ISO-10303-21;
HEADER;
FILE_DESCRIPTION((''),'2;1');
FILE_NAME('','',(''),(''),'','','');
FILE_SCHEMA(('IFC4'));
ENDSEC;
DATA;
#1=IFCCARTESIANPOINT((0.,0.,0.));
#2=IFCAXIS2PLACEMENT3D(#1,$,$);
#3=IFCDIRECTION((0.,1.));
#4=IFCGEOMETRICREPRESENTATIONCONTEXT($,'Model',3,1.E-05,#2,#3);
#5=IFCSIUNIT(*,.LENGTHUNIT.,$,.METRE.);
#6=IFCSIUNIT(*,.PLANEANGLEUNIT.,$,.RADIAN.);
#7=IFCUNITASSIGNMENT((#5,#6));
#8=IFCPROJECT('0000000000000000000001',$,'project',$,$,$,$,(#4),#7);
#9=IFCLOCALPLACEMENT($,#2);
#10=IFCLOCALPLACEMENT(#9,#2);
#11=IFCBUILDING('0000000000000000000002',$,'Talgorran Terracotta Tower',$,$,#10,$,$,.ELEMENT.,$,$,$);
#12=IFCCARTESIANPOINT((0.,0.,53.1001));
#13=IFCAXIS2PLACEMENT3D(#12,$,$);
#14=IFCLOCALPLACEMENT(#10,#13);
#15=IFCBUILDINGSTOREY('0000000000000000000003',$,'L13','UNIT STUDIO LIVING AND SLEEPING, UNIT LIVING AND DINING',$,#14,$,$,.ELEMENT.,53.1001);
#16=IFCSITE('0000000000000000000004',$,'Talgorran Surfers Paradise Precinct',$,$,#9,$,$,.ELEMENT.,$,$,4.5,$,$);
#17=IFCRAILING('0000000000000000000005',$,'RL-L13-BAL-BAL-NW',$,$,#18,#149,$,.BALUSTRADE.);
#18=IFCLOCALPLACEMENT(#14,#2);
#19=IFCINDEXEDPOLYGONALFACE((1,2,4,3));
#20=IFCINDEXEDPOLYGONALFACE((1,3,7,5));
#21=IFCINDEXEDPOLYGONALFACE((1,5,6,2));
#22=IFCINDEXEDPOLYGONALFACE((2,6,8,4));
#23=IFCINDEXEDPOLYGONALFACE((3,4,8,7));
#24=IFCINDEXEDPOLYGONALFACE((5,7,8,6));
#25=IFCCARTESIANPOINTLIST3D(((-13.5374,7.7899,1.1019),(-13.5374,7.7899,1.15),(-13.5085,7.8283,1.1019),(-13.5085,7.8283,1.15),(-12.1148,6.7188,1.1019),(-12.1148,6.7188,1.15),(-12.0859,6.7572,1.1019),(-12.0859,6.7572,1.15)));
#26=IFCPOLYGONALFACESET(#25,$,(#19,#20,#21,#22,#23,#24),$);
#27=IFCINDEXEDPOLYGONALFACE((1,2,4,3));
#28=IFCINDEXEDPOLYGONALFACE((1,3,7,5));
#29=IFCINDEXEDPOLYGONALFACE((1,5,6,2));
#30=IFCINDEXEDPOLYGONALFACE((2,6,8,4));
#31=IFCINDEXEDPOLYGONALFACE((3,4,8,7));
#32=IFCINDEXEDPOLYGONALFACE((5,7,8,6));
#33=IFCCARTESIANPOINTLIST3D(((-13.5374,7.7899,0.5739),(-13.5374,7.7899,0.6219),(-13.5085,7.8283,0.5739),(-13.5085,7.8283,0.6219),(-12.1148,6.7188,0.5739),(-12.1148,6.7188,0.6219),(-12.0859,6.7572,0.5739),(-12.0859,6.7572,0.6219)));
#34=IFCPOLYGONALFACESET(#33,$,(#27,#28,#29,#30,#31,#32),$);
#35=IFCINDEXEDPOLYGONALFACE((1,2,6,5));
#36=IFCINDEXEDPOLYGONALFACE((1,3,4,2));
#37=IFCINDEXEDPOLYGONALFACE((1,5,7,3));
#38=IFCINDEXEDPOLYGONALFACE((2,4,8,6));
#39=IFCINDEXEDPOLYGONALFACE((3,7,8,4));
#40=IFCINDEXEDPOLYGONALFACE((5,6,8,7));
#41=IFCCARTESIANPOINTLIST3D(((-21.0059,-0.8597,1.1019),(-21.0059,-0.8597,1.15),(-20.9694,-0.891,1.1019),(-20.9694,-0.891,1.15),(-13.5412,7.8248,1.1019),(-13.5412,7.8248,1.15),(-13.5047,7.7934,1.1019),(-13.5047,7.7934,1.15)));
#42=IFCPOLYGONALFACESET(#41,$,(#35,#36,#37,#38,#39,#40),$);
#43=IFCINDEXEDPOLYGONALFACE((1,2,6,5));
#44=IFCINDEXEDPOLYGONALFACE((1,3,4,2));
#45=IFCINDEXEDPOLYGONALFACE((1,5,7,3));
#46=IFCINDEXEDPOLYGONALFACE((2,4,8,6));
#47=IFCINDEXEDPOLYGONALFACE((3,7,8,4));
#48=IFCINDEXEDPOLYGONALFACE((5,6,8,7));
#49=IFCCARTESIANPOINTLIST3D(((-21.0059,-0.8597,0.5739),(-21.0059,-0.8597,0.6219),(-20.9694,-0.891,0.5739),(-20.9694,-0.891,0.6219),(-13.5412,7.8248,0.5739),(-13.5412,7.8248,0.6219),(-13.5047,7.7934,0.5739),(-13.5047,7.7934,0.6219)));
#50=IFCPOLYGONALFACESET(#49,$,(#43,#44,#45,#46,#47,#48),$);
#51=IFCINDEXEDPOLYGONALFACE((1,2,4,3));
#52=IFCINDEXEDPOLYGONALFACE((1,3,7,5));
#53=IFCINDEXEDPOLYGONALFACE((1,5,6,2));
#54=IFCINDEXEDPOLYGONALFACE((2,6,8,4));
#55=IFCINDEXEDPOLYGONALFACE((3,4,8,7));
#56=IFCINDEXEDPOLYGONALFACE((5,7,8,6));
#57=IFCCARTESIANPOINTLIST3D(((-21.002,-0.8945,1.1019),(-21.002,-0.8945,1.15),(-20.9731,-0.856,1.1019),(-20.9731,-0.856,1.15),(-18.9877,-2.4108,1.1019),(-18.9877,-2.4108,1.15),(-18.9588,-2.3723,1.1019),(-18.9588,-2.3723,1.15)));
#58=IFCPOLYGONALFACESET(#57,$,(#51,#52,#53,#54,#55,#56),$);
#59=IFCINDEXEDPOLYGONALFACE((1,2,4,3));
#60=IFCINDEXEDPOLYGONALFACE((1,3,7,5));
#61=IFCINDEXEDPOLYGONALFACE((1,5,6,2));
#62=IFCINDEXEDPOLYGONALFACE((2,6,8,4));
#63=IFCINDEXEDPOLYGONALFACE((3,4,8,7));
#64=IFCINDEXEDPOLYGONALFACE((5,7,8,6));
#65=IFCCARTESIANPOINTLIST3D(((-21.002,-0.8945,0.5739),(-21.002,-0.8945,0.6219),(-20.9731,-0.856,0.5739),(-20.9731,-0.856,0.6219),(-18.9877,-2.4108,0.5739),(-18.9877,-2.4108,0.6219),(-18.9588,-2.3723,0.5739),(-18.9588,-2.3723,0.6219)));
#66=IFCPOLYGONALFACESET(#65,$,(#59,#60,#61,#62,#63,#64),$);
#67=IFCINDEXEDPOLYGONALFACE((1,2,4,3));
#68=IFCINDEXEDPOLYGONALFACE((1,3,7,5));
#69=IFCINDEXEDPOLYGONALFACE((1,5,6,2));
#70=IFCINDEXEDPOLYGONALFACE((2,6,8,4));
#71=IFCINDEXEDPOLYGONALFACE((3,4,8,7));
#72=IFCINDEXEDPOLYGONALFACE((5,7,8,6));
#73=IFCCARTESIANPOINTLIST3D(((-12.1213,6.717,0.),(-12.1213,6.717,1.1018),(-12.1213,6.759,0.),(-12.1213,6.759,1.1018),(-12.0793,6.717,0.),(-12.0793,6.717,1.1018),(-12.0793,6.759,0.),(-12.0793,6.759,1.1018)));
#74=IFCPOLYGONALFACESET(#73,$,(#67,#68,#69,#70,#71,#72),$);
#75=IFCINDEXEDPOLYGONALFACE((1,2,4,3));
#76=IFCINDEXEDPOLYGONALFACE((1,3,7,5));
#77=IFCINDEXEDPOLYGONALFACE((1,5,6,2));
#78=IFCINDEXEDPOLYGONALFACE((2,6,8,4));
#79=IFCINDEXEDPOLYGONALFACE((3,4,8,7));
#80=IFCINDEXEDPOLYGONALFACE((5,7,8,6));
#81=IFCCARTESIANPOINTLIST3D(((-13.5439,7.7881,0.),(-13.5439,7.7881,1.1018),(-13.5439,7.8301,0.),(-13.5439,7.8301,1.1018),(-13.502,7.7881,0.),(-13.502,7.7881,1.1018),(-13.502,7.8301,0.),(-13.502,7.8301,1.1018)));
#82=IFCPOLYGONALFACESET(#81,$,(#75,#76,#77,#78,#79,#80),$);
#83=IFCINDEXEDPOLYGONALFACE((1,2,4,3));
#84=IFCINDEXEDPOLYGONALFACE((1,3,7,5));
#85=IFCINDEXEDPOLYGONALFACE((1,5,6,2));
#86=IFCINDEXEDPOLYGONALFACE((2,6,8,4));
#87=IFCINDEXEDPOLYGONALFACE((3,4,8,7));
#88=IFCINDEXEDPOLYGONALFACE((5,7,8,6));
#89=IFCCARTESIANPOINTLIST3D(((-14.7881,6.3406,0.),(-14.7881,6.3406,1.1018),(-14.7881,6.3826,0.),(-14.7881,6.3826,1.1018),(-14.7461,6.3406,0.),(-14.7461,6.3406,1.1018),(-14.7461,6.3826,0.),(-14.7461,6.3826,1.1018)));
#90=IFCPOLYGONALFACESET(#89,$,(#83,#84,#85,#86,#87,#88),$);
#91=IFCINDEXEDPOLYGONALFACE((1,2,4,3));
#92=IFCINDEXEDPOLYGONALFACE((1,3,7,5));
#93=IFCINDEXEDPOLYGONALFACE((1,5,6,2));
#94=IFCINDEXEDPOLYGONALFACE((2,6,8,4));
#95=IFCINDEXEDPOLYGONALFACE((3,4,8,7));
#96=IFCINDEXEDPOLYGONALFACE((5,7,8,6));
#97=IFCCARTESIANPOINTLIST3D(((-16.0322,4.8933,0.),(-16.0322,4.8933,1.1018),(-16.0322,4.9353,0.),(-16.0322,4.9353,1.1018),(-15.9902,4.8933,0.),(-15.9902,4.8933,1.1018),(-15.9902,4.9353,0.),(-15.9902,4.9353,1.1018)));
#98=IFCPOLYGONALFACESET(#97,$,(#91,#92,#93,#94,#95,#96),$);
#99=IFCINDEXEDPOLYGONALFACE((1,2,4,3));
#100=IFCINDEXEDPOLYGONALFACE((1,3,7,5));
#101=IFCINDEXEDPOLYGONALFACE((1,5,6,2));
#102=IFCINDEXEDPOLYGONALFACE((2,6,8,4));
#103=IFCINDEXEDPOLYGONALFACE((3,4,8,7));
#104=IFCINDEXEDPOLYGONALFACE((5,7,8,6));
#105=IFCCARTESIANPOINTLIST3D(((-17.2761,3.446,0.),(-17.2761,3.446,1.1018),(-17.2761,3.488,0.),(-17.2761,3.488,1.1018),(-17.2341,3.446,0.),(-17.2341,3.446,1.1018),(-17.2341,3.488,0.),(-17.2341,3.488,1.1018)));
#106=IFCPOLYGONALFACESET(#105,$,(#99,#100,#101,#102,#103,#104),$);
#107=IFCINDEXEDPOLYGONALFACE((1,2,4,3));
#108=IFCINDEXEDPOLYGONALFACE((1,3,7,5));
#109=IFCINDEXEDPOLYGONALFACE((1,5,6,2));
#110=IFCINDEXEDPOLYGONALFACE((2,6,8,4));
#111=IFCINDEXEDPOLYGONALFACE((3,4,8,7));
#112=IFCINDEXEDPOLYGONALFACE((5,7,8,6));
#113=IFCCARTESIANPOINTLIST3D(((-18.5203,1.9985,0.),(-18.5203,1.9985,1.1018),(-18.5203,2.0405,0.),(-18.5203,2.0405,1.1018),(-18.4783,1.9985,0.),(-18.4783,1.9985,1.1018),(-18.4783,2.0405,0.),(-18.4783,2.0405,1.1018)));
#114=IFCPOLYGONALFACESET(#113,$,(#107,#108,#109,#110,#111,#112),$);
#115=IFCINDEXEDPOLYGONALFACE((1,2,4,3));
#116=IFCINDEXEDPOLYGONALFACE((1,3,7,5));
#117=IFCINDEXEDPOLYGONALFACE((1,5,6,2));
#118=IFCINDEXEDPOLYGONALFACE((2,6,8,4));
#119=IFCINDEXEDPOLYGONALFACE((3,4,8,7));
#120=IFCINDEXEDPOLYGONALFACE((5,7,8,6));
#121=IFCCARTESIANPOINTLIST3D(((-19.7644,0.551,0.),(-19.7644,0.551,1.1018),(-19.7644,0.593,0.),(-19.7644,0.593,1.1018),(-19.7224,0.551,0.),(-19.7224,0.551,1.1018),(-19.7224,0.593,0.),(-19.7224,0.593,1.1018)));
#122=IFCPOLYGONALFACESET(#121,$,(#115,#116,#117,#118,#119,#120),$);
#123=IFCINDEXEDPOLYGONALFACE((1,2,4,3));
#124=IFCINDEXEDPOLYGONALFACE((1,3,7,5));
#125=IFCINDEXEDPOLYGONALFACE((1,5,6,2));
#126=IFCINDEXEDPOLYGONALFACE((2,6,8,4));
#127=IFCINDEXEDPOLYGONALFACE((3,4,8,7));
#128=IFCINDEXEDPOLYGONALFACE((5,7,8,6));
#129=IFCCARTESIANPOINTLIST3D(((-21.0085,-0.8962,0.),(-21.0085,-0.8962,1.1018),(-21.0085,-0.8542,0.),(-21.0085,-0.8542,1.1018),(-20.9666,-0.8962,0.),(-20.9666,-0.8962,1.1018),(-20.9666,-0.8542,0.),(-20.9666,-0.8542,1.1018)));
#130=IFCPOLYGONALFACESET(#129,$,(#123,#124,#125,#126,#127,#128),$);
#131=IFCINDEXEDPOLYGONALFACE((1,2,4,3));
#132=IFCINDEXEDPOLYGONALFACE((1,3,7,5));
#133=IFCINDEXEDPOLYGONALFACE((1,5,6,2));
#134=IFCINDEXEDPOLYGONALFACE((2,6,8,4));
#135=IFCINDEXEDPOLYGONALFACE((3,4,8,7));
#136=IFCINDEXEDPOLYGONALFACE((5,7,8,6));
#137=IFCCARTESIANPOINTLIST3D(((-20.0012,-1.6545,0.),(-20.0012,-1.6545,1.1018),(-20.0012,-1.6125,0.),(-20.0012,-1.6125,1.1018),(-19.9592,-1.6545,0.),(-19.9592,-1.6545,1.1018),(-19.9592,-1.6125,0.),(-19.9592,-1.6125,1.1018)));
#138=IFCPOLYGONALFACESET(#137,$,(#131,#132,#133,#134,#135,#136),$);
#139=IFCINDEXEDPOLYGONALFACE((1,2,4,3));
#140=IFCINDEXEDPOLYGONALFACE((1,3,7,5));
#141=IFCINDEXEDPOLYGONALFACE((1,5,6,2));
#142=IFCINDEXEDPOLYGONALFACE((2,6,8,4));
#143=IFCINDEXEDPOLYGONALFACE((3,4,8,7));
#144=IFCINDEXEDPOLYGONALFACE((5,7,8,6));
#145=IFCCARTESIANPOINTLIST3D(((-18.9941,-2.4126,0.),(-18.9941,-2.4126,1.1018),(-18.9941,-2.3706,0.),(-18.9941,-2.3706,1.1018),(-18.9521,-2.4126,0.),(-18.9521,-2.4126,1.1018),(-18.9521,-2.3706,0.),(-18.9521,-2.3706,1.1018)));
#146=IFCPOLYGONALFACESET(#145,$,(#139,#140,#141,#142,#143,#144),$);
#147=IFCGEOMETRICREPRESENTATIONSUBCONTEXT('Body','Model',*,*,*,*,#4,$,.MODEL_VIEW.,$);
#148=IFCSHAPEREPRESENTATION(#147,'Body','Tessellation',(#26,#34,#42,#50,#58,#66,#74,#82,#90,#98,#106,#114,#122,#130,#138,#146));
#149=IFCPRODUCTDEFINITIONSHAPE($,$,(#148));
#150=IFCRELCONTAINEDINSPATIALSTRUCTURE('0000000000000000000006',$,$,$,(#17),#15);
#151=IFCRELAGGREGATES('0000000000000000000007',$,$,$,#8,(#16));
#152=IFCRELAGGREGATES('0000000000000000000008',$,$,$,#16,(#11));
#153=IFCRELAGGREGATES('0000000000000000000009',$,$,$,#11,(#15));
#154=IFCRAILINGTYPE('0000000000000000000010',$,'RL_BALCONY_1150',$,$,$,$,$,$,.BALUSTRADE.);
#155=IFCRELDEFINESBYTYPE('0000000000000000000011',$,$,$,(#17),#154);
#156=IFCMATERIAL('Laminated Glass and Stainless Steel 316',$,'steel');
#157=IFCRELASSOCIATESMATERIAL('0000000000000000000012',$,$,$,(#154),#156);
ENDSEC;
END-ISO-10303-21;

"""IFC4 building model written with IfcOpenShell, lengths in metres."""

from ifc_helpers import new_model, si_unit, direction, frame, origin, origin_2d, place, context, subcontext, project, spatial, rectangle, extrude, material, type_object, element, save


model = new_model("IFC4")

# Units and contexts
model_context = context("Model", 3, precision=1e-05, world=origin(), true_north=direction((0.0, 1.0)))
body_context = subcontext(model_context, "Body", "Model", "MODEL_VIEW")
ifc_project = project(units=[si_unit("LENGTHUNIT", "METRE"), si_unit("PLANEANGLEUNIT", "RADIAN")], contexts=[model_context])

# Site, building, storey
site_placement = place(None, origin())
site = spatial("IfcSite", under=ifc_project, at=site_placement, Name="Talgorran Surfers Paradise Precinct", CompositionType="ELEMENT", RefElevation=4.5)
building_placement = place(site_placement, origin())
building = spatial("IfcBuilding", under=site, at=building_placement, Name="Talgorran Terracotta Tower", CompositionType="ELEMENT")
storey_placement = place(building_placement, frame((0.0, 0.0, 53.1001)))
storey = spatial("IfcBuildingStorey", under=building, at=storey_placement, Name="L13", Description="UNIT STUDIO LIVING AND SLEEPING, UNIT LIVING AND DINING", CompositionType="ELEMENT", Elevation=53.1001)

# Railing
ifc_material_1 = material(Name="Laminated Glass and Stainless Steel 316", Category="steel")
railing_type = type_object("IfcRailingType", Name="RL_BALCONY_1150", PredefinedType="BALUSTRADE", material=ifc_material_1)
railing_placement = place(storey_placement, frame((-12.1003, 6.738, 0.0)))
element("IfcRailing", 1, at=railing_placement, inside=storey, type_object=railing_type, Name="RL-L13-BAL-BAL-NW", PredefinedType="BALUSTRADE", context=body_context, shape_type="SweptSolid", body=[
    extrude(rectangle(XDim=0.0481, YDim=0.0481, at=origin_2d()), frame((0.0, 0.0, 1.126), z_axis=(-0.798896, 0.601469, 0.0), x_axis=(-0.601469, -0.798896, 0.0)), (0.0, 0.0, 1.0), 1.7808),
    extrude(rectangle(XDim=0.0481, YDim=0.0481, at=origin_2d()), frame((0.0, 0.0, 0.5979), z_axis=(-0.798896, 0.601469, 0.0), x_axis=(-0.601469, -0.798896, 0.0)), (0.0, 0.0, 1.0), 1.7808),
    extrude(rectangle(XDim=0.0481, YDim=0.0481, at=origin_2d()), frame((-1.4226, 1.071, 1.126), z_axis=(-0.651842, -0.758354, 0.0), x_axis=(0.758354, -0.651842, 0.0)), (0.0, 0.0, 1.0), 11.4517),
    extrude(rectangle(XDim=0.0481, YDim=0.0481, at=origin_2d()), frame((-1.4226, 1.071, 0.5979), z_axis=(-0.651842, -0.758354, 0.0), x_axis=(0.758354, -0.651842, 0.0)), (0.0, 0.0, 1.0), 11.4517),
    extrude(rectangle(XDim=0.0481, YDim=0.0481, at=origin_2d()), frame((-8.8872, -7.6133, 1.126), z_axis=(0.798941, -0.601409, 0.0), x_axis=(0.601409, 0.798941, 0.0)), (0.0, 0.0, 1.0), 2.5212),
    extrude(rectangle(XDim=0.0481, YDim=0.0481, at=origin_2d()), frame((-8.8872, -7.6133, 0.5979), z_axis=(0.798941, -0.601409, 0.0), x_axis=(0.601409, 0.798941, 0.0)), (0.0, 0.0, 1.0), 2.5212),
    extrude(rectangle(XDim=0.042, YDim=0.042, at=origin_2d()), origin(), (0.0, 0.0, 1.0), 1.1018),
    extrude(rectangle(XDim=0.042, YDim=0.042, at=origin_2d()), frame((-1.4226, 1.071, 0.0)), (0.0, 0.0, 1.0), 1.1018),
    extrude(rectangle(XDim=0.042, YDim=0.042, at=origin_2d()), frame((-2.6667, -0.3765, 0.0)), (0.0, 0.0, 1.0), 1.1018),
    extrude(rectangle(XDim=0.042, YDim=0.042, at=origin_2d()), frame((-3.9109, -1.8237, 0.0)), (0.0, 0.0, 1.0), 1.1018),
    extrude(rectangle(XDim=0.042, YDim=0.042, at=origin_2d()), frame((-5.1548, -3.271, 0.0)), (0.0, 0.0, 1.0), 1.1018),
    extrude(rectangle(XDim=0.042, YDim=0.042, at=origin_2d()), frame((-6.3989, -4.7185, 0.0)), (0.0, 0.0, 1.0), 1.1018),
    extrude(rectangle(XDim=0.042, YDim=0.042, at=origin_2d()), frame((-7.6431, -6.166, 0.0)), (0.0, 0.0, 1.0), 1.1018),
    extrude(rectangle(XDim=0.042, YDim=0.042, at=origin_2d()), frame((-8.8872, -7.6133, 0.0)), (0.0, 0.0, 1.0), 1.1018),
    extrude(rectangle(XDim=0.042, YDim=0.042, at=origin_2d()), frame((-7.8799, -8.3716, 0.0)), (0.0, 0.0, 1.0), 1.1018),
    extrude(rectangle(XDim=0.042, YDim=0.042, at=origin_2d()), frame((-6.8728, -9.1296, 0.0)), (0.0, 0.0, 1.0), 1.1018),
])

save(model, "model.ifc")
